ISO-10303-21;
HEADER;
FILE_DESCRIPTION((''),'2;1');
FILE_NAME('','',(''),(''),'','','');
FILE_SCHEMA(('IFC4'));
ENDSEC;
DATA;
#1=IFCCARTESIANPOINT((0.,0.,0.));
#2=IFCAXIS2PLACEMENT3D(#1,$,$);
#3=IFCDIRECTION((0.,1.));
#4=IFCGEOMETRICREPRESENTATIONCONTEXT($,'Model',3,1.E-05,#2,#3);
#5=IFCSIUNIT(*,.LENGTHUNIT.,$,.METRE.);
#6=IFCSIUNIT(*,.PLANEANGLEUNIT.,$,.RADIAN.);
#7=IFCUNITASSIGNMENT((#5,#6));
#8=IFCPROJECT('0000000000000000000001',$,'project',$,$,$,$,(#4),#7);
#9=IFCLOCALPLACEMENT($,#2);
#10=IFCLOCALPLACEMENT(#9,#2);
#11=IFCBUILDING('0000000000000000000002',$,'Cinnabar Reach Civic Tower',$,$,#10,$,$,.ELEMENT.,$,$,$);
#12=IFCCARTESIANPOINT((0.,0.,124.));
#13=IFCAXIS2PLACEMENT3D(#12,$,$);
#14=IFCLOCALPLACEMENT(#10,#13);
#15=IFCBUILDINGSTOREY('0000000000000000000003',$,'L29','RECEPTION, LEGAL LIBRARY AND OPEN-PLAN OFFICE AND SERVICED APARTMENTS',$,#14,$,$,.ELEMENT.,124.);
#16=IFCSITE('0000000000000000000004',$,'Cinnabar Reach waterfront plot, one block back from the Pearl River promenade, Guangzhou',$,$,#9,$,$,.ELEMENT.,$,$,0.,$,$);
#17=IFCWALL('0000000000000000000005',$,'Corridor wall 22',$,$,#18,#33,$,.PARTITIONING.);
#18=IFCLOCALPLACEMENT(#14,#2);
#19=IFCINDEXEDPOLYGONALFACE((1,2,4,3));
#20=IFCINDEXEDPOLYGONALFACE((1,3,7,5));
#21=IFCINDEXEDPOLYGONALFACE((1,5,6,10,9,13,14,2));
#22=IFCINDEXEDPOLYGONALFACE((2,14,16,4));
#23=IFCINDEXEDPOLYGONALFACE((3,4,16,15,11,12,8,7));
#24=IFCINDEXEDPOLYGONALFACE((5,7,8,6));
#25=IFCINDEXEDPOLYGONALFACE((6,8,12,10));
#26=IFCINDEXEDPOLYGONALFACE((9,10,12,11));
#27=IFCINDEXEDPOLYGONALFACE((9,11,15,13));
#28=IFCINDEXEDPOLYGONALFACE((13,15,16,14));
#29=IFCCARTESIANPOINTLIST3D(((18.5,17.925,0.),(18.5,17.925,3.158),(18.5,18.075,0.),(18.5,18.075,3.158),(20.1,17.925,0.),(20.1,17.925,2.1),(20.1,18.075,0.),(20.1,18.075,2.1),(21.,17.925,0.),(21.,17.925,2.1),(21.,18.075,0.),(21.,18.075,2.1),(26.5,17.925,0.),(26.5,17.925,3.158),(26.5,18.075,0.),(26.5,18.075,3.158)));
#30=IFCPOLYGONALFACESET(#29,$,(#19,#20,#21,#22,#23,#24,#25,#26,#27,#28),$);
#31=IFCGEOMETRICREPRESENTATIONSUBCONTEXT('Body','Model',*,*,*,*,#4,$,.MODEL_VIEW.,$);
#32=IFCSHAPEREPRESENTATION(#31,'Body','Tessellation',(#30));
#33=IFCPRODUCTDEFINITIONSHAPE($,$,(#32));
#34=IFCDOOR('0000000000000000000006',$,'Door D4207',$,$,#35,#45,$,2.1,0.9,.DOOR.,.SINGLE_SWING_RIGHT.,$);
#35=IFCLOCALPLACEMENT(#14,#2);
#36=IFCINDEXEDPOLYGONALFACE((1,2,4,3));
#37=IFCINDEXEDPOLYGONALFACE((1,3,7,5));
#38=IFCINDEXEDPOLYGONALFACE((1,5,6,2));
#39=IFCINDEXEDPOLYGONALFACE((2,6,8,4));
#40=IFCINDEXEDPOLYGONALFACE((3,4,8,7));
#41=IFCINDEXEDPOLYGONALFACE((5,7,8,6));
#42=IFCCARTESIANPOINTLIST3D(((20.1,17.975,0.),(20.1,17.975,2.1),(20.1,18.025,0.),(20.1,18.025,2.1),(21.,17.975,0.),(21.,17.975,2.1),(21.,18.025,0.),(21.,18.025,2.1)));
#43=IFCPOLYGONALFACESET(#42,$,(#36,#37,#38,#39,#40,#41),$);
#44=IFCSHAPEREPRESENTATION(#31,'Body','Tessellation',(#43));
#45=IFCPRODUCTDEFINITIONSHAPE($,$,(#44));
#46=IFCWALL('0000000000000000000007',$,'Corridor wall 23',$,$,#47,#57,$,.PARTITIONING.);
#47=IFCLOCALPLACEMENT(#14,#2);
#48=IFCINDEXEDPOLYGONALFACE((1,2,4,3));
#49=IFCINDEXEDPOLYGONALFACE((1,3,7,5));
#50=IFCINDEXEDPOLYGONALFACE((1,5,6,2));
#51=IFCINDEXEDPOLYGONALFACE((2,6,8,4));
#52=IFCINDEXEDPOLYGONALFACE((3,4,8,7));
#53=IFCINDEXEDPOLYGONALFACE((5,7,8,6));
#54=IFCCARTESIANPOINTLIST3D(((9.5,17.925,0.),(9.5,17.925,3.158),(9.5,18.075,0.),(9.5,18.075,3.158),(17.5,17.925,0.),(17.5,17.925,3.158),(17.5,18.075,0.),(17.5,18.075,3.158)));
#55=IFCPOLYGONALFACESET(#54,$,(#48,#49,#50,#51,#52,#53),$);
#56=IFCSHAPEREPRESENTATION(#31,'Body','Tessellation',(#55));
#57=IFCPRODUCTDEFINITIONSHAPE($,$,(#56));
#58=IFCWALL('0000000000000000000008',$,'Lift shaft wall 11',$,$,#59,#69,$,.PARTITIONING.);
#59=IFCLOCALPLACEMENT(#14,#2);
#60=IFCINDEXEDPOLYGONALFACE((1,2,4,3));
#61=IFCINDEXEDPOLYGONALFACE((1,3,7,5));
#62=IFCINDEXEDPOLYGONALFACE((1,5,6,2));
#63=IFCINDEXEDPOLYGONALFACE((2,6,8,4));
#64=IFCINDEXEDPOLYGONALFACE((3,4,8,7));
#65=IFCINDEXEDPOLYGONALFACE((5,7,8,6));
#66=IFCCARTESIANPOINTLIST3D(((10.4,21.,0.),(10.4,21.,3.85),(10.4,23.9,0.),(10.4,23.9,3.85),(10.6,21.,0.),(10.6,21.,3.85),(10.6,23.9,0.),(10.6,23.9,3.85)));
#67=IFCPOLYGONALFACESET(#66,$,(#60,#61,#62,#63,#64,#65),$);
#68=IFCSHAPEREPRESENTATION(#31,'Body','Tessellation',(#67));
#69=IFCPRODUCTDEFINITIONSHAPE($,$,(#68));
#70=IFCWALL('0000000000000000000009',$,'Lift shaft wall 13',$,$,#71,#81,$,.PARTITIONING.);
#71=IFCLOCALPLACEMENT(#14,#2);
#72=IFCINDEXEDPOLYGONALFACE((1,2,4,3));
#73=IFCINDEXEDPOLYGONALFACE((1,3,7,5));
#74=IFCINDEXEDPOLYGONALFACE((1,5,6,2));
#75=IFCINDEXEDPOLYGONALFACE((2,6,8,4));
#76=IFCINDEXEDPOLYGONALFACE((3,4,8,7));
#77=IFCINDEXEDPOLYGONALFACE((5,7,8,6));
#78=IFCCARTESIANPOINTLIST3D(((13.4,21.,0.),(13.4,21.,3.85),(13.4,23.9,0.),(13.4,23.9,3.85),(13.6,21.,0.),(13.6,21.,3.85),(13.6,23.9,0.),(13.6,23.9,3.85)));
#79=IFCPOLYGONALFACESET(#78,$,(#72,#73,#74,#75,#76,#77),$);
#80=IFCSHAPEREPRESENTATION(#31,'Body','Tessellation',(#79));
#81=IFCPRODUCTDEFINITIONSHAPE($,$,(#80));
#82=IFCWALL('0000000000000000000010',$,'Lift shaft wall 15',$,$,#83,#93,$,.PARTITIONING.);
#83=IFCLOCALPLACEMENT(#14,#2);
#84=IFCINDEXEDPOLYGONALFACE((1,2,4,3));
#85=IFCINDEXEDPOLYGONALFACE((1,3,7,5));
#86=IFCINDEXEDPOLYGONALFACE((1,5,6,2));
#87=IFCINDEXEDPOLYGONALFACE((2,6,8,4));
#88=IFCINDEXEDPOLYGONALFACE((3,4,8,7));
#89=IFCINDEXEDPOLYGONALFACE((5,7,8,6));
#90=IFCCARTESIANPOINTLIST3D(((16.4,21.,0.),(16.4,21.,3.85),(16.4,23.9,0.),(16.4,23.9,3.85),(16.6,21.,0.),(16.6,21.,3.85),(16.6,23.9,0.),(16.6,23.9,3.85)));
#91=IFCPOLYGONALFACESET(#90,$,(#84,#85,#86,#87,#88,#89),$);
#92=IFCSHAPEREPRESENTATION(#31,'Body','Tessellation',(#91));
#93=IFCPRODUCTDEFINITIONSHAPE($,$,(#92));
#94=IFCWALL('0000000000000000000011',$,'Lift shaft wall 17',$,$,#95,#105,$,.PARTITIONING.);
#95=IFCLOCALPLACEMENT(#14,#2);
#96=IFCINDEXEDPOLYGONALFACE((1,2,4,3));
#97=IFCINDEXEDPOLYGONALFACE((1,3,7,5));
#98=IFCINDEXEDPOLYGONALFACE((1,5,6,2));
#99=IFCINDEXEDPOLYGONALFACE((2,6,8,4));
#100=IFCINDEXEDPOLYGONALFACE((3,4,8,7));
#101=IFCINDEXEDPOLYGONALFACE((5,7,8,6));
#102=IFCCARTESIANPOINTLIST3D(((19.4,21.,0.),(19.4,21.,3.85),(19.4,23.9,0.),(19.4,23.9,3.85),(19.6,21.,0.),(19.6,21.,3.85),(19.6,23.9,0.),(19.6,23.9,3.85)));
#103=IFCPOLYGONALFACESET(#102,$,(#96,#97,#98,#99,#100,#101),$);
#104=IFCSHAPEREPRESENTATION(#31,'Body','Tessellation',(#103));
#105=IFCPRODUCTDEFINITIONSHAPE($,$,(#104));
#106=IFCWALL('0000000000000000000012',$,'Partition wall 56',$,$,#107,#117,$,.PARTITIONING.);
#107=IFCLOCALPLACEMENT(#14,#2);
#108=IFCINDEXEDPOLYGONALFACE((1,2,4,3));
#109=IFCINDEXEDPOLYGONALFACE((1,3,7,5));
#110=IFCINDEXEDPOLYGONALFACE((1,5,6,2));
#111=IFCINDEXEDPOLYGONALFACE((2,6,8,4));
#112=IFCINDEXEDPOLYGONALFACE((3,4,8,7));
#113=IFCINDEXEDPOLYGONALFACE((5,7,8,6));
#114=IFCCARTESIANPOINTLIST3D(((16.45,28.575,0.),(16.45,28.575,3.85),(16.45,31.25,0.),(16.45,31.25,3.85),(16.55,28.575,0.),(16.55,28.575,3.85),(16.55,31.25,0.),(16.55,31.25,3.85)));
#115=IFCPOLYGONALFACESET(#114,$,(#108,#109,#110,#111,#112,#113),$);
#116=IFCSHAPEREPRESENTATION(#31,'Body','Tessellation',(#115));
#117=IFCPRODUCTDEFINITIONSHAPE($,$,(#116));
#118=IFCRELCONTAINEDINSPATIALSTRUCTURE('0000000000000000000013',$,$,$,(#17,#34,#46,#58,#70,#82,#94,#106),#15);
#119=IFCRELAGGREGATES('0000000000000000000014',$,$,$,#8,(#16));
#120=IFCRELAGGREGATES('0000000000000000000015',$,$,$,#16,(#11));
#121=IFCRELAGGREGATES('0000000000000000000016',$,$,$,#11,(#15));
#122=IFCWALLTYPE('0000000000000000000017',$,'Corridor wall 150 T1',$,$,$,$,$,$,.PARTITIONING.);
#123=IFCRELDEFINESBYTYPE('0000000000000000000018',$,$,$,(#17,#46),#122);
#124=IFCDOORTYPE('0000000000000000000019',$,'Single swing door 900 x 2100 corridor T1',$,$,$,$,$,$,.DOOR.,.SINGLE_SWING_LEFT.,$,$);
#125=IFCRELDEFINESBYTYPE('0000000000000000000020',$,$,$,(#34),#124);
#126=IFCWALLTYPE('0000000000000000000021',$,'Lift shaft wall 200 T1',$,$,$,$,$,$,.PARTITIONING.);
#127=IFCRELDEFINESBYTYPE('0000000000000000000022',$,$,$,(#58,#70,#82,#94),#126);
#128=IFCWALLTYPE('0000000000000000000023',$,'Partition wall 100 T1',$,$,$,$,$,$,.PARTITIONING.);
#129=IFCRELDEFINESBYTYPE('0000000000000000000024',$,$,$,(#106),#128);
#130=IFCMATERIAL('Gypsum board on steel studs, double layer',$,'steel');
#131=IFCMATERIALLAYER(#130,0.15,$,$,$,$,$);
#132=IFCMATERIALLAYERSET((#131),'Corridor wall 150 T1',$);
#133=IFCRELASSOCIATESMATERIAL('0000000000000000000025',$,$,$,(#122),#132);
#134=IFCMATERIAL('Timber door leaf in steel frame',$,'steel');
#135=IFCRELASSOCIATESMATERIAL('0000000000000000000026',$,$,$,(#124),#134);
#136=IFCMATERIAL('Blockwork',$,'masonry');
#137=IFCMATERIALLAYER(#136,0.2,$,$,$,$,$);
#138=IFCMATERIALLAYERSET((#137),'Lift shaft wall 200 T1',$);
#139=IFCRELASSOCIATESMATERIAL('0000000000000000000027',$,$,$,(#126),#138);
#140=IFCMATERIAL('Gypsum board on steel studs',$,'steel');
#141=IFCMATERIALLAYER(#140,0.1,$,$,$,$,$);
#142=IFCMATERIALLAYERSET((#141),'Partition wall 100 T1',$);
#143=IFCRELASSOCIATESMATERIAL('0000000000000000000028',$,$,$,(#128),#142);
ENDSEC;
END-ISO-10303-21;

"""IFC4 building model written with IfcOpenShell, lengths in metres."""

from ifc_helpers import new_model, si_unit, direction, frame, frame_2d, origin, place, context, subcontext, project, spatial, rectangle, extrude, material, layer, layer_set, type_object, element, fill, save


model = new_model("IFC4")

# Units and contexts
model_context = context("Model", 3, precision=1e-05, world=origin(), true_north=direction((0.0, 1.0)))
body_context = subcontext(model_context, "Body", "Model", "MODEL_VIEW")
ifc_project = project(units=[si_unit("LENGTHUNIT", "METRE"), si_unit("PLANEANGLEUNIT", "RADIAN")], contexts=[model_context])

# Site, building, storey
site_placement = place(None, origin())
site = spatial("IfcSite", under=ifc_project, at=site_placement, Name="Cinnabar Reach waterfront plot, one block back from the Pearl River promenade, Guangzhou", CompositionType="ELEMENT", RefElevation=0.0)
building_placement = place(site_placement, origin())
building = spatial("IfcBuilding", under=site, at=building_placement, Name="Cinnabar Reach Civic Tower", CompositionType="ELEMENT")
storey_placement = place(building_placement, frame((0.0, 0.0, 124.0)))
storey = spatial("IfcBuildingStorey", under=building, at=storey_placement, Name="L29", Description="RECEPTION, LEGAL LIBRARY AND OPEN-PLAN OFFICE AND SERVICED APARTMENTS", CompositionType="ELEMENT", Elevation=124.0)

# Wall, opening, door
ifc_material_1 = material(Name="Timber door leaf in steel frame", Category="steel")
ifc_material_2 = material(Name="Gypsum board on steel studs, double layer", Category="steel")
ifc_layer_1 = layer(ifc_material_2, 0.15)
ifc_layer_set_1 = layer_set([ifc_layer_1], Name="Corridor wall 150 T1")
wall_type_1 = type_object("IfcWallType", Name="Corridor wall 150 T1", PredefinedType="PARTITIONING", material=ifc_layer_set_1)
wall_1_placement = place(storey_placement, frame((18.5, 18.0, 0.0), z_axis=(0.0, 0.0, 1.0), x_axis=(1.0, 0.0, 0.0)))
wall_1 = element("IfcWall", 1, at=wall_1_placement, inside=storey, type_object=wall_type_1, Name="Corridor wall 22", PredefinedType="PARTITIONING", context=body_context, shape_type="SweptSolid", body=[
    extrude(rectangle(XDim=8.0, YDim=0.15, at=frame_2d((4.0, 0.0))), origin(), (0.0, 0.0, 1.0), 3.158),
])
opening_1_placement = place(wall_1_placement, frame((1.6, 0.0, 0.0)))
opening_1 = element("IfcOpeningElement", 2, at=opening_1_placement, cuts=wall_1, PredefinedType="OPENING", context=body_context, shape_type="SweptSolid", body=[
    extrude(rectangle(XDim=0.9, YDim=2.1, at=frame_2d((0.45, 1.05))), frame((0.0, 0.085, 0.0), z_axis=(0.0, -1.0, 0.0), x_axis=(1.0, 0.0, 0.0)), (0.0, 0.0, 1.0), 0.17),
])
door_type_1 = type_object("IfcDoorType", Name="Single swing door 900 x 2100 corridor T1", OperationType="SINGLE_SWING_LEFT", PredefinedType="DOOR", material=ifc_material_1)
door_1_placement = place(opening_1_placement, frame((0.9, 0.0, 0.0), z_axis=(0.0, 0.0, 1.0), x_axis=(-1.0, 0.0, 0.0)))
door_1 = element("IfcDoor", 3, at=door_1_placement, inside=storey, type_object=door_type_1, Name="Door D4207", OperationType="SINGLE_SWING_RIGHT", OverallHeight=2.1, OverallWidth=0.9, PredefinedType="DOOR", context=body_context, shape_type="SweptSolid", body=[
    extrude(rectangle(XDim=0.9, YDim=2.1, at=frame_2d((0.45, 1.05))), frame((0.0, 0.025, 0.0), z_axis=(0.0, -1.0, 0.0), x_axis=(1.0, 0.0, 0.0)), (0.0, 0.0, 1.0), 0.05),
])
fill(opening_1, door_1)

# Walls
wall_2_placement = place(storey_placement, frame((9.5, 18.0, 0.0), z_axis=(0.0, 0.0, 1.0), x_axis=(1.0, 0.0, 0.0)))
element("IfcWall", 4, at=wall_2_placement, inside=storey, type_object=wall_type_1, Name="Corridor wall 23", PredefinedType="PARTITIONING", context=body_context, shape_type="SweptSolid", body=[
    extrude(rectangle(XDim=8.0, YDim=0.15, at=frame_2d((4.0, 0.0))), origin(), (0.0, 0.0, 1.0), 3.158),
])
ifc_material_3 = material(Name="Blockwork", Category="masonry")
ifc_layer_2 = layer(ifc_material_3, 0.2)
ifc_layer_set_2 = layer_set([ifc_layer_2], Name="Lift shaft wall 200 T1")
wall_type_2 = type_object("IfcWallType", Name="Lift shaft wall 200 T1", PredefinedType="PARTITIONING", material=ifc_layer_set_2)
for number, where, z_axis, x_axis, name in (
    (5, (10.5, 21.0, 0.0), (0.0, 0.0, 1.0), (0.0, 1.0, 0.0), "Lift shaft wall 11"),
    (6, (13.5, 21.0, 0.0), (0.0, 0.0, 1.0), (0.0, 1.0, 0.0), "Lift shaft wall 13"),
    (7, (16.5, 21.0, 0.0), (0.0, 0.0, 1.0), (0.0, 1.0, 0.0), "Lift shaft wall 15"),
    (8, (19.5, 21.0, 0.0), (0.0, 0.0, 1.0), (0.0, 1.0, 0.0), "Lift shaft wall 17"),
):
    element("IfcWall", number, at=place(storey_placement, frame(where, z_axis=z_axis, x_axis=x_axis)), inside=storey, type_object=wall_type_2, Name=name, PredefinedType="PARTITIONING", context=body_context, shape_type="SweptSolid", body=[
        extrude(rectangle(XDim=2.9, YDim=0.2, at=frame_2d((1.45, 0.0))), origin(), (0.0, 0.0, 1.0), 3.85),
    ])
ifc_material_4 = material(Name="Gypsum board on steel studs", Category="steel")
ifc_layer_3 = layer(ifc_material_4, 0.1)
ifc_layer_set_3 = layer_set([ifc_layer_3], Name="Partition wall 100 T1")
wall_type_3 = type_object("IfcWallType", Name="Partition wall 100 T1", PredefinedType="PARTITIONING", material=ifc_layer_set_3)
wall_3_placement = place(storey_placement, frame((16.5, 28.575, 0.0), z_axis=(0.0, 0.0, 1.0), x_axis=(0.0, 1.0, 0.0)))
element("IfcWall", 9, at=wall_3_placement, inside=storey, type_object=wall_type_3, Name="Partition wall 56", PredefinedType="PARTITIONING", context=body_context, shape_type="SweptSolid", body=[
    extrude(rectangle(XDim=2.675, YDim=0.1, at=frame_2d((1.3375, 0.0))), origin(), (0.0, 0.0, 1.0), 3.85),
])

save(model, "model.ifc")
